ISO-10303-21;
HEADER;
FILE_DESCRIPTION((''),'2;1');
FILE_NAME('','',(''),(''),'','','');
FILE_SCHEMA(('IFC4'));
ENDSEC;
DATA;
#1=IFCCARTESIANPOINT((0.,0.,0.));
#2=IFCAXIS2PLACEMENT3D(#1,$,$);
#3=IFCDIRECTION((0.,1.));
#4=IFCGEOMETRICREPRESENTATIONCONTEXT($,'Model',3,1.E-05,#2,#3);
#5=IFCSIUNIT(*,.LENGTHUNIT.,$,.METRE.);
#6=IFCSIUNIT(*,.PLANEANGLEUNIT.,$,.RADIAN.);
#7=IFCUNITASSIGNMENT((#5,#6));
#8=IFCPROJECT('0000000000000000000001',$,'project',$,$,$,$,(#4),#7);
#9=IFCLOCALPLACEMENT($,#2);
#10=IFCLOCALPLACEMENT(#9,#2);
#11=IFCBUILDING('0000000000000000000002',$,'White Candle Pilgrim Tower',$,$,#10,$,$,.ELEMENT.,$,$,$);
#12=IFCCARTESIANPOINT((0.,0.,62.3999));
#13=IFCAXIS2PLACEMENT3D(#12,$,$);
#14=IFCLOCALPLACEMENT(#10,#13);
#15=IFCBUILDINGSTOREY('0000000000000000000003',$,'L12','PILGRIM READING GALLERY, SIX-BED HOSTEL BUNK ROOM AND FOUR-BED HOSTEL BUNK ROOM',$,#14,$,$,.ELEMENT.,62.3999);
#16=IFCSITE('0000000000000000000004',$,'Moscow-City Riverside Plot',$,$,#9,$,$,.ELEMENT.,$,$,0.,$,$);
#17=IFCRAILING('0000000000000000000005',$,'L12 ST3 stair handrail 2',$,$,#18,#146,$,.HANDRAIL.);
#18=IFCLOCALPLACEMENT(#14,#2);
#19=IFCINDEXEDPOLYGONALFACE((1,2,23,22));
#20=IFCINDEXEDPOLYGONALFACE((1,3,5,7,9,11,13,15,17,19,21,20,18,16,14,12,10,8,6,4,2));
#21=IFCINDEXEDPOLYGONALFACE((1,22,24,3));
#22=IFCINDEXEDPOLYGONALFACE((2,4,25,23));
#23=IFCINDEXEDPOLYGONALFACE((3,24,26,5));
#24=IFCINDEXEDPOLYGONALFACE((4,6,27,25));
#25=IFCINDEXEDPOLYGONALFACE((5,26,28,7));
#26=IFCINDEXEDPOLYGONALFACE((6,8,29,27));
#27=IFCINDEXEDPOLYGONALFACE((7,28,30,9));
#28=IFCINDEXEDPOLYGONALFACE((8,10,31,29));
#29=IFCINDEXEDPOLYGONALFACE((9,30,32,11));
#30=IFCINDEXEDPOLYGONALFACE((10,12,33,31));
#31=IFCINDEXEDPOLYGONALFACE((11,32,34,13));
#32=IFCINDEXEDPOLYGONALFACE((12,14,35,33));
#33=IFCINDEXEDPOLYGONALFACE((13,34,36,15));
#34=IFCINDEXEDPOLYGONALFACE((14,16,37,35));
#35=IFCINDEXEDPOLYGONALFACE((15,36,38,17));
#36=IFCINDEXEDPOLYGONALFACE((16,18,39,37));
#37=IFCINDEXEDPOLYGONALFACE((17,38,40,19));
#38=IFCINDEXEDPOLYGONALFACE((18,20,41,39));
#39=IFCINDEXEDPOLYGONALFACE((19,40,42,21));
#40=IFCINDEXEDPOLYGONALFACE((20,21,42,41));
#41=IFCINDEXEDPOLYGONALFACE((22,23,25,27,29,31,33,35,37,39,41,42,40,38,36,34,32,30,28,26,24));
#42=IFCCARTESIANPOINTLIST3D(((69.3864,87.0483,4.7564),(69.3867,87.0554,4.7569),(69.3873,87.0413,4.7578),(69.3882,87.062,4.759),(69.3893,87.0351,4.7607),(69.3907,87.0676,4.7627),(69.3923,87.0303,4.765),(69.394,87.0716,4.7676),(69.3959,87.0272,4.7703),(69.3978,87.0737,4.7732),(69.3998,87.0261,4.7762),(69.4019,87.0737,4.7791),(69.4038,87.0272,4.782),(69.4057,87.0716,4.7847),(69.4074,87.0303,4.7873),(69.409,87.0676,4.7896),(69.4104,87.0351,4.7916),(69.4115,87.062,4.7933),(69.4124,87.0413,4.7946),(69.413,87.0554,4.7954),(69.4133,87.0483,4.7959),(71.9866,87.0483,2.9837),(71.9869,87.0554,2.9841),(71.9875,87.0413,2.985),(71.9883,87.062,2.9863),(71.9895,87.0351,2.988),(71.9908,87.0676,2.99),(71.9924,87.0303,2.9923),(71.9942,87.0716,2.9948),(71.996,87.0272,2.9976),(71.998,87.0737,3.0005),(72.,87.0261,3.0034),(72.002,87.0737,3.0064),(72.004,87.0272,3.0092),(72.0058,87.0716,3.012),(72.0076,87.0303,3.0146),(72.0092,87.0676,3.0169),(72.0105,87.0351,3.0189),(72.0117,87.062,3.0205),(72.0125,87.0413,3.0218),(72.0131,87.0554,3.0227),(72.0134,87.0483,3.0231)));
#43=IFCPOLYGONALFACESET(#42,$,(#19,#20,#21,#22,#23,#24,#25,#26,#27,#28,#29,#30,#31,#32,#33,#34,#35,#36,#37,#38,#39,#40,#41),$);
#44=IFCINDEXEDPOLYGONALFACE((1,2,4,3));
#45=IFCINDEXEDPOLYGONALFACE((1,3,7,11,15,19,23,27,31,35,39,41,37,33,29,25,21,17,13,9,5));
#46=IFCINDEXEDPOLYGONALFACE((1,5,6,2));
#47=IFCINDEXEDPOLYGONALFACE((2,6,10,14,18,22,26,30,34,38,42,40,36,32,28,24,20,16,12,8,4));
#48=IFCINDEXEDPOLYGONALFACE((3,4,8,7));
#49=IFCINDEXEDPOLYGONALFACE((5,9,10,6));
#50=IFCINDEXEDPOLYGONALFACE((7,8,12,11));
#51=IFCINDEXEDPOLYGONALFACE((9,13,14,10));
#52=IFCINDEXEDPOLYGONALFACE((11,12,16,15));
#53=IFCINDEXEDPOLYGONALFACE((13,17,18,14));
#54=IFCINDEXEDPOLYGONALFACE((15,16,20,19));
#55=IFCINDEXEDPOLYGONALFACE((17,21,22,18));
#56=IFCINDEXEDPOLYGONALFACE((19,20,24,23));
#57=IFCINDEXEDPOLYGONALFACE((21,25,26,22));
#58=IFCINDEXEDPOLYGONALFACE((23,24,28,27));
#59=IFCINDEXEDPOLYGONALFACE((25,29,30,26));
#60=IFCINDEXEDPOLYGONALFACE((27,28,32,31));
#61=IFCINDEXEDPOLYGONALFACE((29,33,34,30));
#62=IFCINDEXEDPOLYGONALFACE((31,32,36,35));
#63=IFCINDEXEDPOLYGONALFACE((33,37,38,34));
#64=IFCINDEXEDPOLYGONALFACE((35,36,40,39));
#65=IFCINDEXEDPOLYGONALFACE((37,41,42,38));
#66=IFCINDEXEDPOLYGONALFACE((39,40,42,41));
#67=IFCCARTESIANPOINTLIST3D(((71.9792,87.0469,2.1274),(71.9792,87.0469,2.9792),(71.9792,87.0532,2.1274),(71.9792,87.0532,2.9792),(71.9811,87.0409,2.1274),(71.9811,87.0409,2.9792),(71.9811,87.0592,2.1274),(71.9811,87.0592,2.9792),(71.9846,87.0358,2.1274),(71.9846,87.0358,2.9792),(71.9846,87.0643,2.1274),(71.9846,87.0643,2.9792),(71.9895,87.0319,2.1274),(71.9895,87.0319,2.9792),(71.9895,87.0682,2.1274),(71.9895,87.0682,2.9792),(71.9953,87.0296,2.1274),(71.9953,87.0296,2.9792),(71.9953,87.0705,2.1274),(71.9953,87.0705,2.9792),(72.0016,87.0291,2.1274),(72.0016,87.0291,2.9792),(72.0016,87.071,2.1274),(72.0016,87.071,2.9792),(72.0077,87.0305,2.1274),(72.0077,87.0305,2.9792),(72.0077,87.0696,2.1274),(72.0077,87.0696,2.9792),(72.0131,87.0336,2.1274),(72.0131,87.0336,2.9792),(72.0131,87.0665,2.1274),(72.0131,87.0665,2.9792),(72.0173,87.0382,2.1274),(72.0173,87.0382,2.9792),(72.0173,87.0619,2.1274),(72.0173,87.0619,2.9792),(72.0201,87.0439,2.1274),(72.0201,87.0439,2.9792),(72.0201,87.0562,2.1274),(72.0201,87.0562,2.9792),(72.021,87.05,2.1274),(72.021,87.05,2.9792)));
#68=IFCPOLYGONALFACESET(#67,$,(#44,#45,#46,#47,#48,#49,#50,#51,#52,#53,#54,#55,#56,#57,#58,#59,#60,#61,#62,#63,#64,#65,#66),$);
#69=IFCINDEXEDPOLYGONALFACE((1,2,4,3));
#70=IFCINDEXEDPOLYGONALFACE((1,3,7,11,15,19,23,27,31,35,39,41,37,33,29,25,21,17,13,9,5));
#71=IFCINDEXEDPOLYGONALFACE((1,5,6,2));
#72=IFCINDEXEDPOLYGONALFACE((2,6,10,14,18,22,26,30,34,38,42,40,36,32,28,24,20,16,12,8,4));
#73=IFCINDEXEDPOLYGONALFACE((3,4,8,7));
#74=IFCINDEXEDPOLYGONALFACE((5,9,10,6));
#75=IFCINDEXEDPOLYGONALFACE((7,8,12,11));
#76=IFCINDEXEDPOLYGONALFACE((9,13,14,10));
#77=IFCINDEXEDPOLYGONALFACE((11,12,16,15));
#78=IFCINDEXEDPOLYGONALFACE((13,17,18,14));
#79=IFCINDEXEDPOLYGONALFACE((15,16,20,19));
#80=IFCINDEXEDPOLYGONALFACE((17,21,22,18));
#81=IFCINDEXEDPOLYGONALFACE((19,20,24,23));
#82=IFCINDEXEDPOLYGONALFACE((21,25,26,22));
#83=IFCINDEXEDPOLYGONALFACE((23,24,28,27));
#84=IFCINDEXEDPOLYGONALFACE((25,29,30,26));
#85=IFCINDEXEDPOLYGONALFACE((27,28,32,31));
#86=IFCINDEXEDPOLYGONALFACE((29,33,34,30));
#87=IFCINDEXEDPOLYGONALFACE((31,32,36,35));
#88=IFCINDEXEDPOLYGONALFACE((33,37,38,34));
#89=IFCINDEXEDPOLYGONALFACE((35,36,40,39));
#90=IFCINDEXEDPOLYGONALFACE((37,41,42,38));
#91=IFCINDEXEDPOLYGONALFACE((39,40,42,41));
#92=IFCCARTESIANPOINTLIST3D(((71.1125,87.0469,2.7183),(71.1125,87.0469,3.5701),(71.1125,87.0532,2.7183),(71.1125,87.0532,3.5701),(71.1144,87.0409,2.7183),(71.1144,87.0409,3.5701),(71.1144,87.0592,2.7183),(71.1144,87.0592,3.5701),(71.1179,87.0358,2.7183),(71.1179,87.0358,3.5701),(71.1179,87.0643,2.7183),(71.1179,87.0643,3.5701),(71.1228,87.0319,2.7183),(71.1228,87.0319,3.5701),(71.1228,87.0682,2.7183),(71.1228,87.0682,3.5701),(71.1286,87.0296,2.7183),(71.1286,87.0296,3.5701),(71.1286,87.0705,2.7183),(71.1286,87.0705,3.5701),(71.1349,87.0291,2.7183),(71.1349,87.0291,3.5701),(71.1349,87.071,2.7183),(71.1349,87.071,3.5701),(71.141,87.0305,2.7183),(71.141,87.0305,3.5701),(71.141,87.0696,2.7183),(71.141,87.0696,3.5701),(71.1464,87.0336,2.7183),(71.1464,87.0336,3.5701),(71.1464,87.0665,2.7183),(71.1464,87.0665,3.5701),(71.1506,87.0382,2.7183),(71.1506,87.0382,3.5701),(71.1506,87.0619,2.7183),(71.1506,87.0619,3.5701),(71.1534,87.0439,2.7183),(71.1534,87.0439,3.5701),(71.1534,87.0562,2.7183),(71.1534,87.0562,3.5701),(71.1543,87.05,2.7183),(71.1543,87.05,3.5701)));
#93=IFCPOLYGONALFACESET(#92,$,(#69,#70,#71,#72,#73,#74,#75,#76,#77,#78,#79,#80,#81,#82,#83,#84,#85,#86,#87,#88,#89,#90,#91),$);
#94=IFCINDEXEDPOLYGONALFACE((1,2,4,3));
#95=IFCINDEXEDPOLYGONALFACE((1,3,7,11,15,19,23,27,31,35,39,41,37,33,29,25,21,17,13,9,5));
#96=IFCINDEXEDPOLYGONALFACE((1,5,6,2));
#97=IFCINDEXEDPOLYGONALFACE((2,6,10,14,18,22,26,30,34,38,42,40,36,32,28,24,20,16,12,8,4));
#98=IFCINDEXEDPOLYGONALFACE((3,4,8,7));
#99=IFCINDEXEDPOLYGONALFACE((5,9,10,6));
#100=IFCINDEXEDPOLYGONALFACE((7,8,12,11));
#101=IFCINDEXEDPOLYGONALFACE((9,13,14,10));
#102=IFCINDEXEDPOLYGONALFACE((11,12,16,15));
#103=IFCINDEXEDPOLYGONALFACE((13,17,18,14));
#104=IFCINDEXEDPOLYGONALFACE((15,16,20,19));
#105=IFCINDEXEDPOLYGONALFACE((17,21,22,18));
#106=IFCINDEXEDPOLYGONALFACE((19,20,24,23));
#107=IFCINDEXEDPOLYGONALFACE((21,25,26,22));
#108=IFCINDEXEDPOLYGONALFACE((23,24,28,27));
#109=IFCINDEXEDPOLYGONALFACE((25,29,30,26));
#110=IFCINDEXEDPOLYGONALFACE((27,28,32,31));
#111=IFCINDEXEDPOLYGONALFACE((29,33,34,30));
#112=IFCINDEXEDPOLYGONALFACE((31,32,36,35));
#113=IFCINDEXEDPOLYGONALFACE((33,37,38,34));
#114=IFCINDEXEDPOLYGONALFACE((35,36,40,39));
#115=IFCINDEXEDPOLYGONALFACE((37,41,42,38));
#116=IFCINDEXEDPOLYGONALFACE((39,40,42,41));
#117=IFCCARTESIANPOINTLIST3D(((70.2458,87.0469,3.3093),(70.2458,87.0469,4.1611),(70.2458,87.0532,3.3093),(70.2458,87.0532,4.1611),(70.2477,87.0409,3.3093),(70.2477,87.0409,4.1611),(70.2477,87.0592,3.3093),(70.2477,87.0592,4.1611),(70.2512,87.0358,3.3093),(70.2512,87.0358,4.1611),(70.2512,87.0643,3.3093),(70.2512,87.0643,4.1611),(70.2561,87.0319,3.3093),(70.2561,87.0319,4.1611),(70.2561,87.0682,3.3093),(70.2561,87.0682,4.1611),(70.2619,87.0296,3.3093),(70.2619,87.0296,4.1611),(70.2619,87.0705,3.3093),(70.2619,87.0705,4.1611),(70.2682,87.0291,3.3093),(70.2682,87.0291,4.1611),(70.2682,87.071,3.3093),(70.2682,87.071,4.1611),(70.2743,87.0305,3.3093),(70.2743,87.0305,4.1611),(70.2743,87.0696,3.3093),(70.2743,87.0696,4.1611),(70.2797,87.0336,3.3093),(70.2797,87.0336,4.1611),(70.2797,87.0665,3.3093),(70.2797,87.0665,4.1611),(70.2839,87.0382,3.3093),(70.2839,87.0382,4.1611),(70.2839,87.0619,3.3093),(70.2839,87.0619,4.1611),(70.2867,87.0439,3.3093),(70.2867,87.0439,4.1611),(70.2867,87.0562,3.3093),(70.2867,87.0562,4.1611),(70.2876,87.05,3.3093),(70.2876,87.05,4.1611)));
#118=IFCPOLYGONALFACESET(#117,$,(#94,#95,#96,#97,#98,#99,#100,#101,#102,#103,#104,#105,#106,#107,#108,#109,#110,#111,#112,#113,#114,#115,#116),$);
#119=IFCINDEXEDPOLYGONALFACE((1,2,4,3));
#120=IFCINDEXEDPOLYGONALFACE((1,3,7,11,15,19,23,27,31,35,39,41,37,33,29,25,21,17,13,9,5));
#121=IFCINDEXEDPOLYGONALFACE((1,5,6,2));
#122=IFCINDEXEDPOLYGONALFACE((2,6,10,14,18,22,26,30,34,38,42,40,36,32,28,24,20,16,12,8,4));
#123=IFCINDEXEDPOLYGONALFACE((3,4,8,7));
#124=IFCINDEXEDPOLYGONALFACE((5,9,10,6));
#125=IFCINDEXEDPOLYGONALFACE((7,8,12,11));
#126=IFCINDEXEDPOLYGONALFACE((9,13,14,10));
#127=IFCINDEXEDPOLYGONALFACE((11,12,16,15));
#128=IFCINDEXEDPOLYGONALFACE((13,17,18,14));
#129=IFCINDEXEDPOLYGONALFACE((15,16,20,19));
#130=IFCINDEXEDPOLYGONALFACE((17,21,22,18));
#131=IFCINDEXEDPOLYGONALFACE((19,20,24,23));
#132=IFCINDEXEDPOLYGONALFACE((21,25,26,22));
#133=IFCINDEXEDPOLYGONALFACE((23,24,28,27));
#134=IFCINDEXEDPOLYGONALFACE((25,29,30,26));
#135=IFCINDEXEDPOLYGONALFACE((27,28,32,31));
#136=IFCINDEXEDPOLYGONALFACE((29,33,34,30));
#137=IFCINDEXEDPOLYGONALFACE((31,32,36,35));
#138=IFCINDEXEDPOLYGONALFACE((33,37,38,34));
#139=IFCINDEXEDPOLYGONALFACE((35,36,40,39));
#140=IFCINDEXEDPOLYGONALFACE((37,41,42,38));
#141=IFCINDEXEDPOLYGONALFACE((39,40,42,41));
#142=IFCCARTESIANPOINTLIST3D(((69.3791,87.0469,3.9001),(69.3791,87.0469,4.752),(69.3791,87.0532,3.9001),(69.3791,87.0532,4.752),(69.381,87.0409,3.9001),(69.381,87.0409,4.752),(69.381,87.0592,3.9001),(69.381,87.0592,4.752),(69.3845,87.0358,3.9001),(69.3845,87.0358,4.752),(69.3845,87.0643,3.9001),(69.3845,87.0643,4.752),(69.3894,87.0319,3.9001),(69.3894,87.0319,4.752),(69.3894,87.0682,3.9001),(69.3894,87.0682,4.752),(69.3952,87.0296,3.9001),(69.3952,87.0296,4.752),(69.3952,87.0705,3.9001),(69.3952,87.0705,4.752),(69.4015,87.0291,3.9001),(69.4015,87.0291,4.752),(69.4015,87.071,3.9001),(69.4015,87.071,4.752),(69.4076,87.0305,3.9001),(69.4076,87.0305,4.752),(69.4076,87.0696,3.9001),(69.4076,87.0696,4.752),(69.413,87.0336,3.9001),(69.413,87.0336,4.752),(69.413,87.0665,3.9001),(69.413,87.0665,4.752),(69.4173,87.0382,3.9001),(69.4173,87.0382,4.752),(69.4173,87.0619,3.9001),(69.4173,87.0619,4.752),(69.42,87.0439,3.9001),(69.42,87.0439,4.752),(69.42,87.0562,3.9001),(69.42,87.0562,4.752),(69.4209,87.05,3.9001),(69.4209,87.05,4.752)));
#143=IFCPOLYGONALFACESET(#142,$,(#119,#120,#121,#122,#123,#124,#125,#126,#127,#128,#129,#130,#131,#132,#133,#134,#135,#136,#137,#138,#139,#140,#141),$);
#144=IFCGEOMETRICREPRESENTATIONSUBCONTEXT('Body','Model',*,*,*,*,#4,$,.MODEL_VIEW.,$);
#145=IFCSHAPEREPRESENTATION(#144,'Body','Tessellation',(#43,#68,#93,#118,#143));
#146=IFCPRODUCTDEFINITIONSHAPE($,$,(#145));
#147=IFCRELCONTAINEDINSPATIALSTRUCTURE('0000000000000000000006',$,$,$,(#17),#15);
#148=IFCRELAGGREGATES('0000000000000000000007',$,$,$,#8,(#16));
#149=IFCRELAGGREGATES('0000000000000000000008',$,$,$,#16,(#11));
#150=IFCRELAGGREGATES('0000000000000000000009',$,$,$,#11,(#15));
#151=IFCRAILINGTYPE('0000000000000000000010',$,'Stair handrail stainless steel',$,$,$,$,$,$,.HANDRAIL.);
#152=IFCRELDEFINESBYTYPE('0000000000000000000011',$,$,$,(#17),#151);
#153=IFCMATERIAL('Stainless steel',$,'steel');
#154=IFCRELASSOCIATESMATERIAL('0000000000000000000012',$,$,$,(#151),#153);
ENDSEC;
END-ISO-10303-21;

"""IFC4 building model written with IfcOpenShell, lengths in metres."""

from ifc_helpers import new_model, si_unit, direction, frame, origin, origin_2d, place, context, subcontext, project, spatial, circle, extrude, material, type_object, element, save


model = new_model("IFC4")

# Units and contexts
model_context = context("Model", 3, precision=1e-05, world=origin(), true_north=direction((0.0, 1.0)))
body_context = subcontext(model_context, "Body", "Model", "MODEL_VIEW")
ifc_project = project(units=[si_unit("LENGTHUNIT", "METRE"), si_unit("PLANEANGLEUNIT", "RADIAN")], contexts=[model_context])

# Site, building, storey
site_placement = place(None, origin())
site = spatial("IfcSite", under=ifc_project, at=site_placement, Name="Moscow-City Riverside Plot", CompositionType="ELEMENT", RefElevation=0.0)
building_placement = place(site_placement, origin())
building = spatial("IfcBuilding", under=site, at=building_placement, Name="White Candle Pilgrim Tower", CompositionType="ELEMENT")
storey_placement = place(building_placement, frame((0.0, 0.0, 62.3999)))
storey = spatial("IfcBuildingStorey", under=building, at=storey_placement, Name="L12", Description="PILGRIM READING GALLERY, SIX-BED HOSTEL BUNK ROOM AND FOUR-BED HOSTEL BUNK ROOM", CompositionType="ELEMENT", Elevation=62.3999)

# Railing
ifc_material_1 = material(Name="Stainless steel", Category="steel")
railing_type_1 = type_object("IfcRailingType", Name="Stair handrail stainless steel", PredefinedType="HANDRAIL", material=ifc_material_1)
railing_1_placement = place(storey_placement, frame((72.0, 87.05, 2.1274)))
element("IfcRailing", 1, at=railing_1_placement, inside=storey, type_object=railing_type_1, Name="L12 ST3 stair handrail 2", PredefinedType="HANDRAIL", context=body_context, shape_type="SweptSolid", body=[
    extrude(circle(Radius=0.0239, at=origin_2d()), frame((0.0, 0.0, 0.876), z_axis=(-0.82624, 0.0, 0.563318), x_axis=(0.0, -1.0, 0.0)), (0.0, 0.0, 1.0), 3.147),
    extrude(circle(Radius=0.021, at=origin_2d()), origin(), (0.0, 0.0, 1.0), 0.8518),
    extrude(circle(Radius=0.021, at=origin_2d()), frame((-0.8667, 0.0, 0.5908)), (0.0, 0.0, 1.0), 0.8518),
    extrude(circle(Radius=0.021, at=origin_2d()), frame((-1.7334, 0.0, 1.1819)), (0.0, 0.0, 1.0), 0.8518),
    extrude(circle(Radius=0.021, at=origin_2d()), frame((-2.6001, 0.0, 1.7727)), (0.0, 0.0, 1.0), 0.8518),
])

save(model, "model.ifc")
